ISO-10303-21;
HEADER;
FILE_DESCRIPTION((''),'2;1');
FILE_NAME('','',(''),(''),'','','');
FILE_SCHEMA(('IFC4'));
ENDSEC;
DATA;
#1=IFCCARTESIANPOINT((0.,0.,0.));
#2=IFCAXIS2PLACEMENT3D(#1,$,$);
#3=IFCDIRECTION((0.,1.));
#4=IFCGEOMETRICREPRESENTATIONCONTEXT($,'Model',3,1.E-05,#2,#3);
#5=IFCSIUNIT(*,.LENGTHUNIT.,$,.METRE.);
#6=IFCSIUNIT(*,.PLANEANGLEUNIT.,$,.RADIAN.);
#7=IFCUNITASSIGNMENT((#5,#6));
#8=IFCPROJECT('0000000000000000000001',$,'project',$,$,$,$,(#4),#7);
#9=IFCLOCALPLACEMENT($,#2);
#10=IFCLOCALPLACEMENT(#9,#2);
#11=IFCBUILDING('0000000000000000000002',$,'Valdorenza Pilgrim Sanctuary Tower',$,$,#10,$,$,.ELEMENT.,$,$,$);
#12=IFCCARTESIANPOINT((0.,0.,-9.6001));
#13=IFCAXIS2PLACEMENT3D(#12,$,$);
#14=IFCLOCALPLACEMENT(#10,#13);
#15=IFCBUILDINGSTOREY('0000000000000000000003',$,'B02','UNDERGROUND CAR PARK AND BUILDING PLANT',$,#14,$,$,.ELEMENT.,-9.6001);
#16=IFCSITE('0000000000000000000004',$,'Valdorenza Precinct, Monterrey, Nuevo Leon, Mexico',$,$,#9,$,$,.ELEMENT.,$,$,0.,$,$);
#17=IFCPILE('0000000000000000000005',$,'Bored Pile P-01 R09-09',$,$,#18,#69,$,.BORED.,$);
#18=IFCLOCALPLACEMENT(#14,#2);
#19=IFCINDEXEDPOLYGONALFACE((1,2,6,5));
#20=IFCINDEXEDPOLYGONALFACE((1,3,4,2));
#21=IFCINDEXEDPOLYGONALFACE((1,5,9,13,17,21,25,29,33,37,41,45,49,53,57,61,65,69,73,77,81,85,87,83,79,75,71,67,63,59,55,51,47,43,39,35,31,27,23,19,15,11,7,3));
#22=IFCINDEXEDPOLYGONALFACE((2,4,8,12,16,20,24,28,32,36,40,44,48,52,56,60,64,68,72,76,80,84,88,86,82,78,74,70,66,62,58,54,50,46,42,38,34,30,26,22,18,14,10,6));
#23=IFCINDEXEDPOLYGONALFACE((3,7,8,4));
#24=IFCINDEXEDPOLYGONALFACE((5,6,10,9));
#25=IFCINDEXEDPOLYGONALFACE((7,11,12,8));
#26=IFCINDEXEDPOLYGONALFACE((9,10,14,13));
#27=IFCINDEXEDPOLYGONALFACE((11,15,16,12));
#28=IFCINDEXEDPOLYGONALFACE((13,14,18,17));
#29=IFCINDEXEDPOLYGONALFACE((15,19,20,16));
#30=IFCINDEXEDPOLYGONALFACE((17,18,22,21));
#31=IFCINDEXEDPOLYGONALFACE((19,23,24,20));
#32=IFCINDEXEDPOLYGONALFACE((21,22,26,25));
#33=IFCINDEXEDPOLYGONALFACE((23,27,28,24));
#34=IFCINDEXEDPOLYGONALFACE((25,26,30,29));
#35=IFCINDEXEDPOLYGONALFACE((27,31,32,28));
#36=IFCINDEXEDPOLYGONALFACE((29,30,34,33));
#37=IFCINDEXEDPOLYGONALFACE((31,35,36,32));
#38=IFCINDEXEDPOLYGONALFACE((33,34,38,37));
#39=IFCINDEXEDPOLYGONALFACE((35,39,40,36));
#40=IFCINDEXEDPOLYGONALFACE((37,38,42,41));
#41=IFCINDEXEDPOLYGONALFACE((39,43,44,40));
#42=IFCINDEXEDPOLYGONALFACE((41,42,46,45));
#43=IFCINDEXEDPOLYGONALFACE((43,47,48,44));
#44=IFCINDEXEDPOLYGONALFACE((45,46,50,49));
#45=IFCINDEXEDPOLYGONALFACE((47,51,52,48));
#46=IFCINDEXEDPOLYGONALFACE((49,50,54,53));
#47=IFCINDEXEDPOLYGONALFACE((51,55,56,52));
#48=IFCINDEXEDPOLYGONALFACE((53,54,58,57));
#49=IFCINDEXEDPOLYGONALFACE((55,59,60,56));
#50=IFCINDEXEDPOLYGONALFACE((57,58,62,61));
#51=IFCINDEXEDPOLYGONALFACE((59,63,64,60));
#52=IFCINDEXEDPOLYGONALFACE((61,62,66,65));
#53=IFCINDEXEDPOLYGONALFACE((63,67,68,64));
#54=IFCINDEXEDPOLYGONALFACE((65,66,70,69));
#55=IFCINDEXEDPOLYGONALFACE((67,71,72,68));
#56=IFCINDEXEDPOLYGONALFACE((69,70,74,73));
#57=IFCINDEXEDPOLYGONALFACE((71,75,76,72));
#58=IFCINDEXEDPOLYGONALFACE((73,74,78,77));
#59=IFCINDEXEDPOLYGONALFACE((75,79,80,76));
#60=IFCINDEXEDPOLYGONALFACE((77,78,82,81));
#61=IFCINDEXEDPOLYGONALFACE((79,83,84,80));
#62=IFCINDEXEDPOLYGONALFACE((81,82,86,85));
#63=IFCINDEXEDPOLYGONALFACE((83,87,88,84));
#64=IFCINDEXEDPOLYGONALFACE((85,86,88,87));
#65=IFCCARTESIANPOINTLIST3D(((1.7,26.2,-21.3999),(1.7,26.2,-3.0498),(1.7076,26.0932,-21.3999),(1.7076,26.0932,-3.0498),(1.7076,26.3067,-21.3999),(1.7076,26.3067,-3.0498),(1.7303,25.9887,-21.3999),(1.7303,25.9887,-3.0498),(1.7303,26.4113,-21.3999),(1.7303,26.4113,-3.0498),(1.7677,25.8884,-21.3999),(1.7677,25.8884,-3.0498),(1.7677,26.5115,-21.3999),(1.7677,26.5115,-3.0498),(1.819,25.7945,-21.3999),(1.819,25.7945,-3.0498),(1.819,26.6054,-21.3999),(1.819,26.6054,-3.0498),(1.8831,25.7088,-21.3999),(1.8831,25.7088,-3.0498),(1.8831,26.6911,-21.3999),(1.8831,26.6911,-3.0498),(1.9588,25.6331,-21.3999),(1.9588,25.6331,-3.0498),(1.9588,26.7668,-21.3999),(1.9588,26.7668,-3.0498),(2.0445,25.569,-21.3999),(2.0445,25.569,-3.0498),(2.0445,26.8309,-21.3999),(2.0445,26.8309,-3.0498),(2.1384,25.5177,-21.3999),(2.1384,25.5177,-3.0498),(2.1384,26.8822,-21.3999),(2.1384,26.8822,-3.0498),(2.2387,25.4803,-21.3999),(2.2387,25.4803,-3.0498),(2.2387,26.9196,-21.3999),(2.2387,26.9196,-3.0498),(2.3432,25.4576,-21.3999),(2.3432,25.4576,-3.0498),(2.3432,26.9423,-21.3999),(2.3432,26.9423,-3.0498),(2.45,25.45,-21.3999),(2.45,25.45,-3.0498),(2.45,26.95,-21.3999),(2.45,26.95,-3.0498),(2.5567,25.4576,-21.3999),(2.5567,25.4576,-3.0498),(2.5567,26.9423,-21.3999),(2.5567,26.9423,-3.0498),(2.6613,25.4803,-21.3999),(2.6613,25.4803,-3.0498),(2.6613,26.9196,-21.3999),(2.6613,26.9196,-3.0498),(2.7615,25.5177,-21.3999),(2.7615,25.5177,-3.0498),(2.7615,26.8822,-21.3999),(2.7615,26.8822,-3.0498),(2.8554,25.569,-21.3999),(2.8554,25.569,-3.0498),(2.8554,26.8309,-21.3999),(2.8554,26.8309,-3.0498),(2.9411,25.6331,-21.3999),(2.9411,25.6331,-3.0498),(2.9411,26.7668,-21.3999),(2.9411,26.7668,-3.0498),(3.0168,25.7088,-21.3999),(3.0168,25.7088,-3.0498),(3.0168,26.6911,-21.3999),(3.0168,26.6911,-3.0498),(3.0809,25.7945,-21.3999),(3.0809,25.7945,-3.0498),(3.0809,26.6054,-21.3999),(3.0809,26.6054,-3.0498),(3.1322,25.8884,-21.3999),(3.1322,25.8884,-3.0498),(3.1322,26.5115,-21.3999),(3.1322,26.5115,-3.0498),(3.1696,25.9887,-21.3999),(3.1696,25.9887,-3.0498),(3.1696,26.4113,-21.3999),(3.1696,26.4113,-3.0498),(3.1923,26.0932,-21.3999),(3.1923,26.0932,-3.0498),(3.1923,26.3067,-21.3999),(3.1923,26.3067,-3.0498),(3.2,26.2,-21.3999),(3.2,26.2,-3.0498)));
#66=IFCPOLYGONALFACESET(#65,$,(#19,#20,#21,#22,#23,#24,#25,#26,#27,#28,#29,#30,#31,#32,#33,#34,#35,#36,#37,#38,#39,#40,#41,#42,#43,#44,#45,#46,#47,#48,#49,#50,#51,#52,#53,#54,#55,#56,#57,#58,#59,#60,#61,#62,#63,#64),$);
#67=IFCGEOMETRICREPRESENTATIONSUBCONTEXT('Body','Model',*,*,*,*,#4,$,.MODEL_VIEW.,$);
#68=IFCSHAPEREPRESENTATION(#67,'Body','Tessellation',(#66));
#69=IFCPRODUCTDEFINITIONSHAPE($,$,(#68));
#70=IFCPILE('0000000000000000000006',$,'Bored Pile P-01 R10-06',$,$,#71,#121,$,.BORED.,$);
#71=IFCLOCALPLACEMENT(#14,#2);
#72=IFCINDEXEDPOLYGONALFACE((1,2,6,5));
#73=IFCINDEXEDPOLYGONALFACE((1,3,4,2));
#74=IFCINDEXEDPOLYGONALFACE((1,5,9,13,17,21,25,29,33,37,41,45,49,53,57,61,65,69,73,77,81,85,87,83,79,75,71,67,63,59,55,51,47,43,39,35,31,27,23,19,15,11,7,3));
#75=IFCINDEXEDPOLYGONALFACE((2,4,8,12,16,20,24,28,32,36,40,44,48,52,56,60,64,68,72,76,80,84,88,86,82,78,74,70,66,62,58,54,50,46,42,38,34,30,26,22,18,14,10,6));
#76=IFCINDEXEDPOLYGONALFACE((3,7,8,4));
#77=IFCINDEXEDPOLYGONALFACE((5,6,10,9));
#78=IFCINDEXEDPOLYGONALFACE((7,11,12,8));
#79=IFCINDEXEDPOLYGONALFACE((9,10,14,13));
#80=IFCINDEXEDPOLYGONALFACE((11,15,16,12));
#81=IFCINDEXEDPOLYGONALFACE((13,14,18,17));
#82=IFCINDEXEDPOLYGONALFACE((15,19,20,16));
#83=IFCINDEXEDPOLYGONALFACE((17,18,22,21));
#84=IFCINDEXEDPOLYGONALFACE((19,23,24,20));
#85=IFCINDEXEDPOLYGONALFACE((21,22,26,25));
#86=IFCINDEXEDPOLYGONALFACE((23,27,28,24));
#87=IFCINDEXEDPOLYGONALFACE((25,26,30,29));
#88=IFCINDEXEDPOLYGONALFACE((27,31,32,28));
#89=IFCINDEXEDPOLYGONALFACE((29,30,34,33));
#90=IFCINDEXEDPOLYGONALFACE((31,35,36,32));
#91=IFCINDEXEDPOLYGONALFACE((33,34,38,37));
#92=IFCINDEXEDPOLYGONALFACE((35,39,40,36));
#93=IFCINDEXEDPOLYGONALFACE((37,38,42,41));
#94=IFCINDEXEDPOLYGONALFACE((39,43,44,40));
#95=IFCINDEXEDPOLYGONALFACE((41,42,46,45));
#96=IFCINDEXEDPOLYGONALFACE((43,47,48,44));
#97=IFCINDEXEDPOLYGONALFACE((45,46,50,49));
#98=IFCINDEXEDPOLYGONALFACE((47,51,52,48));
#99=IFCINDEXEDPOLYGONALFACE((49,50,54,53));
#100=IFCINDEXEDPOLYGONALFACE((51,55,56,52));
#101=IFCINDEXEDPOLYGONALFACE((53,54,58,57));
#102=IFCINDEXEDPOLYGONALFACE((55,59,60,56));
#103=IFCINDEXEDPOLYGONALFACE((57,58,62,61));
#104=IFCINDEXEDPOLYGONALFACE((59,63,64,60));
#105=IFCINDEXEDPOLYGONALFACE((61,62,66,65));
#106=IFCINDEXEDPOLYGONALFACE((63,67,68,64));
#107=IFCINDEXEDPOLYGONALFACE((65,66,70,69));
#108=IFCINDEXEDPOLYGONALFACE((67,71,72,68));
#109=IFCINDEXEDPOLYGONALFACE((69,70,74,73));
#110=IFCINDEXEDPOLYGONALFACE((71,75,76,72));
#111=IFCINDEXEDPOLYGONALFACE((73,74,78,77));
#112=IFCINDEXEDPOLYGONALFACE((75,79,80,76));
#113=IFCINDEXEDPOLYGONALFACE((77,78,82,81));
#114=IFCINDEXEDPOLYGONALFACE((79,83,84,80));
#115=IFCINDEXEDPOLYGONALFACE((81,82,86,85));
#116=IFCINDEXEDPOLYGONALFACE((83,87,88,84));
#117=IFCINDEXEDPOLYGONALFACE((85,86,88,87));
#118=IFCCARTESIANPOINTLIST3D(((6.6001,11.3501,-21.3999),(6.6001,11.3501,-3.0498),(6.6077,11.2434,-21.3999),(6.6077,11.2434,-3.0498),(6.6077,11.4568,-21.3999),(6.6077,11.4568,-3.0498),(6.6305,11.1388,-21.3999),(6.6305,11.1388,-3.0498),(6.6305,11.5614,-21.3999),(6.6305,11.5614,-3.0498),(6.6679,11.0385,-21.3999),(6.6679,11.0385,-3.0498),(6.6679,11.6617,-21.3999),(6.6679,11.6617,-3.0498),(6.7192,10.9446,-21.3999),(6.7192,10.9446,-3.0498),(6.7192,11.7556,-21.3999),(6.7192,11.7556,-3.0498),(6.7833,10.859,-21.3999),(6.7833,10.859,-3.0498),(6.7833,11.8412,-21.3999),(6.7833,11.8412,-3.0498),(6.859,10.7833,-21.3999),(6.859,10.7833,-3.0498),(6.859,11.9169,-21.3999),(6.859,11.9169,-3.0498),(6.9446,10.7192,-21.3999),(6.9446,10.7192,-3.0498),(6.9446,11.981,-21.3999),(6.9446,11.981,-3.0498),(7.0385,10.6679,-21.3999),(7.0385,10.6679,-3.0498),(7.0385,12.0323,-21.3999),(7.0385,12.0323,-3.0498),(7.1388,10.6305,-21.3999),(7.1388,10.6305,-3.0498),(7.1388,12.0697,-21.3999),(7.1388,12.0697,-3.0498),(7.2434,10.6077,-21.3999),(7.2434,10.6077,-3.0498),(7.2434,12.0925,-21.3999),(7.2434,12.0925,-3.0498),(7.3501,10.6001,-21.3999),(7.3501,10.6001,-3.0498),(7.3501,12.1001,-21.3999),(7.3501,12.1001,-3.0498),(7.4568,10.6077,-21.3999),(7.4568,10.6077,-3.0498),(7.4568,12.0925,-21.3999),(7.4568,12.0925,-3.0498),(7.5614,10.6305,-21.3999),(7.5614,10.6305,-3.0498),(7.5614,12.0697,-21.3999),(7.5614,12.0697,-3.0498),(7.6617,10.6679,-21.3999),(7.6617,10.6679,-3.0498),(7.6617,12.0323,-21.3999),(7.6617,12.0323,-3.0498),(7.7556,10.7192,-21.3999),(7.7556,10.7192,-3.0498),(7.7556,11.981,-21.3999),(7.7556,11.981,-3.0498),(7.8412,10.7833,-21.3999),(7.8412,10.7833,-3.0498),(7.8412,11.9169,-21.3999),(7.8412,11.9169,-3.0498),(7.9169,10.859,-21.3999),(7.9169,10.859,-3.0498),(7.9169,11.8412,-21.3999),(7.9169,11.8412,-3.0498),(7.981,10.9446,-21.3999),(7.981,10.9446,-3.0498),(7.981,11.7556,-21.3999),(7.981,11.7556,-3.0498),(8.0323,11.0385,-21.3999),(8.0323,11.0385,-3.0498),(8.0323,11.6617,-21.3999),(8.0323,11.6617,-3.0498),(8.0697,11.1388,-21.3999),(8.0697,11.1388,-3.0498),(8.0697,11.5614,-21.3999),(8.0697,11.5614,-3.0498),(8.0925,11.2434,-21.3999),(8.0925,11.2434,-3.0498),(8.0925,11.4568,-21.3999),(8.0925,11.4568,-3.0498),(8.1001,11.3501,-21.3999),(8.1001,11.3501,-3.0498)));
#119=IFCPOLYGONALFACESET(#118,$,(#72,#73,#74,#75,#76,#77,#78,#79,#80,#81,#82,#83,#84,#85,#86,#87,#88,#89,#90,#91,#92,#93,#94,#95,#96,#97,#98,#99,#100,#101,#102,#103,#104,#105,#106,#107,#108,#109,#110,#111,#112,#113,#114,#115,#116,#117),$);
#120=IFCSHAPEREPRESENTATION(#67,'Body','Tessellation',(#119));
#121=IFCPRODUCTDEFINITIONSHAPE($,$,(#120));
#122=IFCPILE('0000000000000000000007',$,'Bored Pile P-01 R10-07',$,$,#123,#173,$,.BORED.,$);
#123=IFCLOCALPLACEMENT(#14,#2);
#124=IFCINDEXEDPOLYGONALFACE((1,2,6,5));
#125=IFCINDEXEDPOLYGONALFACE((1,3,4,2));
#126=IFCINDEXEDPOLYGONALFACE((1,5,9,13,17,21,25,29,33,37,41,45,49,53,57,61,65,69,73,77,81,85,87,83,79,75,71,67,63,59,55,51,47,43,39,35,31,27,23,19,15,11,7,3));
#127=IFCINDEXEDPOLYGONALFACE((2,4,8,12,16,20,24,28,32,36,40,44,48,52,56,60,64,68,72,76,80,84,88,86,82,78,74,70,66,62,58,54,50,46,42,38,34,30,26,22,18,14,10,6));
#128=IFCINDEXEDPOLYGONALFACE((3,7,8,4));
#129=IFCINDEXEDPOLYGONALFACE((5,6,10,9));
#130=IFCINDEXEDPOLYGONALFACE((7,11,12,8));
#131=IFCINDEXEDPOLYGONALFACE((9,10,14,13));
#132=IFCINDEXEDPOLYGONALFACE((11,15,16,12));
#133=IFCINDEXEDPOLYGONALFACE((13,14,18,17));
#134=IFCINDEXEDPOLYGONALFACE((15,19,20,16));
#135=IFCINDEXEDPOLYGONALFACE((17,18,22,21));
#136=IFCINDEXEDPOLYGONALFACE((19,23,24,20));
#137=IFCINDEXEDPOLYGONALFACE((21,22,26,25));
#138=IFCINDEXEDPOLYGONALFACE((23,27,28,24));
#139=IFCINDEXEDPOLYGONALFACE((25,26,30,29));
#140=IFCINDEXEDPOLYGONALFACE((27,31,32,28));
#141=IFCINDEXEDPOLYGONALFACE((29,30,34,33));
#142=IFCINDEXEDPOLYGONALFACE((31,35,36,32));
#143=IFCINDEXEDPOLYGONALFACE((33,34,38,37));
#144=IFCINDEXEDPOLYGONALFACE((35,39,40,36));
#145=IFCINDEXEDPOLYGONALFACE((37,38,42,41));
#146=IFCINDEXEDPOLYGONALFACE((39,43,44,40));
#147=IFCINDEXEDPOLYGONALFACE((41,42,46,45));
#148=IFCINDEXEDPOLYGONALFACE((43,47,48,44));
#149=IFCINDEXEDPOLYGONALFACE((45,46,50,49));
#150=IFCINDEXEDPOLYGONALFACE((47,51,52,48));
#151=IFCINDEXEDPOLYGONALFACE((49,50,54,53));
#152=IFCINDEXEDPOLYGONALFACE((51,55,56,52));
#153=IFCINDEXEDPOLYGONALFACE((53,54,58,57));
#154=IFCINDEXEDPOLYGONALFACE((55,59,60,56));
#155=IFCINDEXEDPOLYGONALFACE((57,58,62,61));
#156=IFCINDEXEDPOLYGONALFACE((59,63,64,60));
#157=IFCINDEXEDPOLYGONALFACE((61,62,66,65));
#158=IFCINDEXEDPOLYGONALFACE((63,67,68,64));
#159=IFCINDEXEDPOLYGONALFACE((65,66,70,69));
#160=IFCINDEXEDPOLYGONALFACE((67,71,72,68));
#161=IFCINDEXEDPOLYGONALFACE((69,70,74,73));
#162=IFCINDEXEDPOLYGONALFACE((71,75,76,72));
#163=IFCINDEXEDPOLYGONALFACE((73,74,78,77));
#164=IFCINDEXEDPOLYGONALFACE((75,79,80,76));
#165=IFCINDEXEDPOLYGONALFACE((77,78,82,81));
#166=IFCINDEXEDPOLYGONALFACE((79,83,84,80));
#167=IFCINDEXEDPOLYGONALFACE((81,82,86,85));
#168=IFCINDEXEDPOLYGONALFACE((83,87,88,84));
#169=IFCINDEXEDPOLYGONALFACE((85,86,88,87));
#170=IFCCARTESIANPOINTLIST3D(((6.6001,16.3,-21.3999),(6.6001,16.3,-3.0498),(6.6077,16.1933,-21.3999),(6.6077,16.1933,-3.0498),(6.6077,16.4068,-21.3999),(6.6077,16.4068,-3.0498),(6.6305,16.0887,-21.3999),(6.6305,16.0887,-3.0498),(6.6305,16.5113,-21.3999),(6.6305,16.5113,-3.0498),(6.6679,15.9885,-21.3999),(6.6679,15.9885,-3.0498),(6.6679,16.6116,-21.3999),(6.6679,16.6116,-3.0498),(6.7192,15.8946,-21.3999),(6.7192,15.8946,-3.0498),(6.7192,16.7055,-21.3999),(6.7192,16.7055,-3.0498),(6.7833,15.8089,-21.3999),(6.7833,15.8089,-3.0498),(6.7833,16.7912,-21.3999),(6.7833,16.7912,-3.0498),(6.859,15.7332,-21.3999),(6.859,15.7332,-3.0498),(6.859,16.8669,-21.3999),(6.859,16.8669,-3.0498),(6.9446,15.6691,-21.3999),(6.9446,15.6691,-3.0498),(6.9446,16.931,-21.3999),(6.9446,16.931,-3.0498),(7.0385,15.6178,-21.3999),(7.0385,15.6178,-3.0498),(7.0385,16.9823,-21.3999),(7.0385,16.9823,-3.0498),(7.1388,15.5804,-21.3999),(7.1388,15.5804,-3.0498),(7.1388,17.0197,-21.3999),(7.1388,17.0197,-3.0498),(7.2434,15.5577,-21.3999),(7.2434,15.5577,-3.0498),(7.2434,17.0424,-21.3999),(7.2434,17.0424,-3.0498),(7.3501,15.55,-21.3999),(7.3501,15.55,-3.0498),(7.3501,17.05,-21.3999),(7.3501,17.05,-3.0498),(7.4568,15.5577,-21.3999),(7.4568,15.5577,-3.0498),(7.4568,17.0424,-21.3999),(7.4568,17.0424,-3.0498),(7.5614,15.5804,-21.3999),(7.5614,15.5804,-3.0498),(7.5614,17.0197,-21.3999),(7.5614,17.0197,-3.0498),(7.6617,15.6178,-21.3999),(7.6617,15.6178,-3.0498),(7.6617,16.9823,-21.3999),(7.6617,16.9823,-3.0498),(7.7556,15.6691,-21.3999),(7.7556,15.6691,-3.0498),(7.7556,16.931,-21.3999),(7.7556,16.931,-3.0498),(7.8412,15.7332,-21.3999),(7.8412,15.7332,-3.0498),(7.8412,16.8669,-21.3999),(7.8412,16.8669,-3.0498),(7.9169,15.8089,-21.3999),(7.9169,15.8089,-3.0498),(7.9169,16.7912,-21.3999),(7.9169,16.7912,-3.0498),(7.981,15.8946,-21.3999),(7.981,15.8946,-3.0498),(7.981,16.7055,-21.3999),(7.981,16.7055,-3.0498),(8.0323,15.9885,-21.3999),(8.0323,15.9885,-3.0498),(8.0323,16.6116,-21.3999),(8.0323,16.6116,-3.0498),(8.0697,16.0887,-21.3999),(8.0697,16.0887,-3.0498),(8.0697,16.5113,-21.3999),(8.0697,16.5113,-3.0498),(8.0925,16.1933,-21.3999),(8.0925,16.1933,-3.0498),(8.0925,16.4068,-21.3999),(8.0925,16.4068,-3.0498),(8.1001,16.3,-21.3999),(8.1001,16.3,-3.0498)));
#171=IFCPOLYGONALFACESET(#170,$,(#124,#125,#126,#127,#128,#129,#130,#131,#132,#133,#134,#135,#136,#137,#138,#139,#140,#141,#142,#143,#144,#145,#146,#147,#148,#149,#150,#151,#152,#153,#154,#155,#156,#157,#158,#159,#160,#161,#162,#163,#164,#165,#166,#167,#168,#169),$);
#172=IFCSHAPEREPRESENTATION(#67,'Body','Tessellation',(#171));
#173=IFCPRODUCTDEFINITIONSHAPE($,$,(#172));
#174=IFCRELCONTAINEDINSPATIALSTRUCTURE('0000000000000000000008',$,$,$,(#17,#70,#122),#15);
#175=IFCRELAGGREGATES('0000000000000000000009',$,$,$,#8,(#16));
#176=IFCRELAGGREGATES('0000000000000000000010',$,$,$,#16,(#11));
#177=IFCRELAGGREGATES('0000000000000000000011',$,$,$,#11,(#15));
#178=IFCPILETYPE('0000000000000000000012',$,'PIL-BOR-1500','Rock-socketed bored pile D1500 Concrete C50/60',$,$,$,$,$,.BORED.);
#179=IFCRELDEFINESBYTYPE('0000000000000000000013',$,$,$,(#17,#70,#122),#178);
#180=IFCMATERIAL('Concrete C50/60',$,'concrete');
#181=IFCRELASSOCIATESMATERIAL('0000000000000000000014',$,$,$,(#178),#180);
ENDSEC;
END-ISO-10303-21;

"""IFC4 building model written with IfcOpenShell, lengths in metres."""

from ifc_helpers import new_model, si_unit, direction, frame, origin, origin_2d, place, context, subcontext, project, spatial, circle, extrude, source, transform, mapped, material, material_profile, profile_set, type_object, element, save


model = new_model("IFC4")

# Units and contexts
model_context = context("Model", 3, precision=1e-05, world=origin(), true_north=direction((0.0, 1.0)))
body_context = subcontext(model_context, "Body", "Model", "MODEL_VIEW")
ifc_project = project(units=[si_unit("LENGTHUNIT", "METRE"), si_unit("PLANEANGLEUNIT", "RADIAN")], contexts=[model_context])

# Site, building, storey
site_placement = place(None, origin())
site = spatial("IfcSite", under=ifc_project, at=site_placement, Name="Valdorenza Precinct, Monterrey, Nuevo Leon, Mexico", CompositionType="ELEMENT", RefElevation=0.0)
building_placement = place(site_placement, origin())
building = spatial("IfcBuilding", under=site, at=building_placement, Name="Valdorenza Pilgrim Sanctuary Tower", CompositionType="ELEMENT")
storey_placement = place(building_placement, frame((0.0, 0.0, -9.6001)))
storey = spatial("IfcBuildingStorey", under=building, at=storey_placement, Name="B02", Description="UNDERGROUND CAR PARK AND BUILDING PLANT", CompositionType="ELEMENT", Elevation=-9.6001)

# Piles
ifc_material_1 = material(Name="Concrete C50/60", Category="concrete")
ifc_material_profile_1 = material_profile(ifc_material_1, circle(Radius=0.75, at=origin_2d()), Name="BORED PILE 1500")
ifc_profile_set_1 = profile_set([ifc_material_profile_1], Name="Concrete C50/60")
pile_type = type_object("IfcPileType", Name="PIL-BOR-1500", Description="Rock-socketed bored pile D1500 Concrete C50/60", PredefinedType="BORED", material=ifc_profile_set_1)
shared_shape_1 = source(origin(), body_context, "Body", "SweptSolid", [
    extrude(circle(Radius=0.75, at=origin_2d()), origin(), (0.0, 0.0, 1.0), 18.3501),
])
for number, where, z_axis, x_axis, name in (
    (1, (2.45, 26.2, -3.0498), (0.0, 0.0, -1.0), (1.0, 0.0, 0.0), "Bored Pile P-01 R09-09"),
    (2, (7.3501, 11.3501, -3.0498), (0.0, 0.0, -1.0), (1.0, 0.0, 0.0), "Bored Pile P-01 R10-06"),
    (3, (7.3501, 16.3, -3.0498), (0.0, 0.0, -1.0), (1.0, 0.0, 0.0), "Bored Pile P-01 R10-07"),
):
    element("IfcPile", number, at=place(storey_placement, frame(where, z_axis=z_axis, x_axis=x_axis)), inside=storey, type_object=pile_type, Name=name, PredefinedType="BORED", context=body_context, shape_type="MappedRepresentation", body=[
        mapped(shared_shape_1, transform((0.0, 0.0, 0.0), x_axis=(1.0, 0.0, 0.0), y_axis=(0.0, 1.0, 0.0), z_axis=(0.0, 0.0, 1.0), scale=1.0)),
    ])

save(model, "model.ifc")
